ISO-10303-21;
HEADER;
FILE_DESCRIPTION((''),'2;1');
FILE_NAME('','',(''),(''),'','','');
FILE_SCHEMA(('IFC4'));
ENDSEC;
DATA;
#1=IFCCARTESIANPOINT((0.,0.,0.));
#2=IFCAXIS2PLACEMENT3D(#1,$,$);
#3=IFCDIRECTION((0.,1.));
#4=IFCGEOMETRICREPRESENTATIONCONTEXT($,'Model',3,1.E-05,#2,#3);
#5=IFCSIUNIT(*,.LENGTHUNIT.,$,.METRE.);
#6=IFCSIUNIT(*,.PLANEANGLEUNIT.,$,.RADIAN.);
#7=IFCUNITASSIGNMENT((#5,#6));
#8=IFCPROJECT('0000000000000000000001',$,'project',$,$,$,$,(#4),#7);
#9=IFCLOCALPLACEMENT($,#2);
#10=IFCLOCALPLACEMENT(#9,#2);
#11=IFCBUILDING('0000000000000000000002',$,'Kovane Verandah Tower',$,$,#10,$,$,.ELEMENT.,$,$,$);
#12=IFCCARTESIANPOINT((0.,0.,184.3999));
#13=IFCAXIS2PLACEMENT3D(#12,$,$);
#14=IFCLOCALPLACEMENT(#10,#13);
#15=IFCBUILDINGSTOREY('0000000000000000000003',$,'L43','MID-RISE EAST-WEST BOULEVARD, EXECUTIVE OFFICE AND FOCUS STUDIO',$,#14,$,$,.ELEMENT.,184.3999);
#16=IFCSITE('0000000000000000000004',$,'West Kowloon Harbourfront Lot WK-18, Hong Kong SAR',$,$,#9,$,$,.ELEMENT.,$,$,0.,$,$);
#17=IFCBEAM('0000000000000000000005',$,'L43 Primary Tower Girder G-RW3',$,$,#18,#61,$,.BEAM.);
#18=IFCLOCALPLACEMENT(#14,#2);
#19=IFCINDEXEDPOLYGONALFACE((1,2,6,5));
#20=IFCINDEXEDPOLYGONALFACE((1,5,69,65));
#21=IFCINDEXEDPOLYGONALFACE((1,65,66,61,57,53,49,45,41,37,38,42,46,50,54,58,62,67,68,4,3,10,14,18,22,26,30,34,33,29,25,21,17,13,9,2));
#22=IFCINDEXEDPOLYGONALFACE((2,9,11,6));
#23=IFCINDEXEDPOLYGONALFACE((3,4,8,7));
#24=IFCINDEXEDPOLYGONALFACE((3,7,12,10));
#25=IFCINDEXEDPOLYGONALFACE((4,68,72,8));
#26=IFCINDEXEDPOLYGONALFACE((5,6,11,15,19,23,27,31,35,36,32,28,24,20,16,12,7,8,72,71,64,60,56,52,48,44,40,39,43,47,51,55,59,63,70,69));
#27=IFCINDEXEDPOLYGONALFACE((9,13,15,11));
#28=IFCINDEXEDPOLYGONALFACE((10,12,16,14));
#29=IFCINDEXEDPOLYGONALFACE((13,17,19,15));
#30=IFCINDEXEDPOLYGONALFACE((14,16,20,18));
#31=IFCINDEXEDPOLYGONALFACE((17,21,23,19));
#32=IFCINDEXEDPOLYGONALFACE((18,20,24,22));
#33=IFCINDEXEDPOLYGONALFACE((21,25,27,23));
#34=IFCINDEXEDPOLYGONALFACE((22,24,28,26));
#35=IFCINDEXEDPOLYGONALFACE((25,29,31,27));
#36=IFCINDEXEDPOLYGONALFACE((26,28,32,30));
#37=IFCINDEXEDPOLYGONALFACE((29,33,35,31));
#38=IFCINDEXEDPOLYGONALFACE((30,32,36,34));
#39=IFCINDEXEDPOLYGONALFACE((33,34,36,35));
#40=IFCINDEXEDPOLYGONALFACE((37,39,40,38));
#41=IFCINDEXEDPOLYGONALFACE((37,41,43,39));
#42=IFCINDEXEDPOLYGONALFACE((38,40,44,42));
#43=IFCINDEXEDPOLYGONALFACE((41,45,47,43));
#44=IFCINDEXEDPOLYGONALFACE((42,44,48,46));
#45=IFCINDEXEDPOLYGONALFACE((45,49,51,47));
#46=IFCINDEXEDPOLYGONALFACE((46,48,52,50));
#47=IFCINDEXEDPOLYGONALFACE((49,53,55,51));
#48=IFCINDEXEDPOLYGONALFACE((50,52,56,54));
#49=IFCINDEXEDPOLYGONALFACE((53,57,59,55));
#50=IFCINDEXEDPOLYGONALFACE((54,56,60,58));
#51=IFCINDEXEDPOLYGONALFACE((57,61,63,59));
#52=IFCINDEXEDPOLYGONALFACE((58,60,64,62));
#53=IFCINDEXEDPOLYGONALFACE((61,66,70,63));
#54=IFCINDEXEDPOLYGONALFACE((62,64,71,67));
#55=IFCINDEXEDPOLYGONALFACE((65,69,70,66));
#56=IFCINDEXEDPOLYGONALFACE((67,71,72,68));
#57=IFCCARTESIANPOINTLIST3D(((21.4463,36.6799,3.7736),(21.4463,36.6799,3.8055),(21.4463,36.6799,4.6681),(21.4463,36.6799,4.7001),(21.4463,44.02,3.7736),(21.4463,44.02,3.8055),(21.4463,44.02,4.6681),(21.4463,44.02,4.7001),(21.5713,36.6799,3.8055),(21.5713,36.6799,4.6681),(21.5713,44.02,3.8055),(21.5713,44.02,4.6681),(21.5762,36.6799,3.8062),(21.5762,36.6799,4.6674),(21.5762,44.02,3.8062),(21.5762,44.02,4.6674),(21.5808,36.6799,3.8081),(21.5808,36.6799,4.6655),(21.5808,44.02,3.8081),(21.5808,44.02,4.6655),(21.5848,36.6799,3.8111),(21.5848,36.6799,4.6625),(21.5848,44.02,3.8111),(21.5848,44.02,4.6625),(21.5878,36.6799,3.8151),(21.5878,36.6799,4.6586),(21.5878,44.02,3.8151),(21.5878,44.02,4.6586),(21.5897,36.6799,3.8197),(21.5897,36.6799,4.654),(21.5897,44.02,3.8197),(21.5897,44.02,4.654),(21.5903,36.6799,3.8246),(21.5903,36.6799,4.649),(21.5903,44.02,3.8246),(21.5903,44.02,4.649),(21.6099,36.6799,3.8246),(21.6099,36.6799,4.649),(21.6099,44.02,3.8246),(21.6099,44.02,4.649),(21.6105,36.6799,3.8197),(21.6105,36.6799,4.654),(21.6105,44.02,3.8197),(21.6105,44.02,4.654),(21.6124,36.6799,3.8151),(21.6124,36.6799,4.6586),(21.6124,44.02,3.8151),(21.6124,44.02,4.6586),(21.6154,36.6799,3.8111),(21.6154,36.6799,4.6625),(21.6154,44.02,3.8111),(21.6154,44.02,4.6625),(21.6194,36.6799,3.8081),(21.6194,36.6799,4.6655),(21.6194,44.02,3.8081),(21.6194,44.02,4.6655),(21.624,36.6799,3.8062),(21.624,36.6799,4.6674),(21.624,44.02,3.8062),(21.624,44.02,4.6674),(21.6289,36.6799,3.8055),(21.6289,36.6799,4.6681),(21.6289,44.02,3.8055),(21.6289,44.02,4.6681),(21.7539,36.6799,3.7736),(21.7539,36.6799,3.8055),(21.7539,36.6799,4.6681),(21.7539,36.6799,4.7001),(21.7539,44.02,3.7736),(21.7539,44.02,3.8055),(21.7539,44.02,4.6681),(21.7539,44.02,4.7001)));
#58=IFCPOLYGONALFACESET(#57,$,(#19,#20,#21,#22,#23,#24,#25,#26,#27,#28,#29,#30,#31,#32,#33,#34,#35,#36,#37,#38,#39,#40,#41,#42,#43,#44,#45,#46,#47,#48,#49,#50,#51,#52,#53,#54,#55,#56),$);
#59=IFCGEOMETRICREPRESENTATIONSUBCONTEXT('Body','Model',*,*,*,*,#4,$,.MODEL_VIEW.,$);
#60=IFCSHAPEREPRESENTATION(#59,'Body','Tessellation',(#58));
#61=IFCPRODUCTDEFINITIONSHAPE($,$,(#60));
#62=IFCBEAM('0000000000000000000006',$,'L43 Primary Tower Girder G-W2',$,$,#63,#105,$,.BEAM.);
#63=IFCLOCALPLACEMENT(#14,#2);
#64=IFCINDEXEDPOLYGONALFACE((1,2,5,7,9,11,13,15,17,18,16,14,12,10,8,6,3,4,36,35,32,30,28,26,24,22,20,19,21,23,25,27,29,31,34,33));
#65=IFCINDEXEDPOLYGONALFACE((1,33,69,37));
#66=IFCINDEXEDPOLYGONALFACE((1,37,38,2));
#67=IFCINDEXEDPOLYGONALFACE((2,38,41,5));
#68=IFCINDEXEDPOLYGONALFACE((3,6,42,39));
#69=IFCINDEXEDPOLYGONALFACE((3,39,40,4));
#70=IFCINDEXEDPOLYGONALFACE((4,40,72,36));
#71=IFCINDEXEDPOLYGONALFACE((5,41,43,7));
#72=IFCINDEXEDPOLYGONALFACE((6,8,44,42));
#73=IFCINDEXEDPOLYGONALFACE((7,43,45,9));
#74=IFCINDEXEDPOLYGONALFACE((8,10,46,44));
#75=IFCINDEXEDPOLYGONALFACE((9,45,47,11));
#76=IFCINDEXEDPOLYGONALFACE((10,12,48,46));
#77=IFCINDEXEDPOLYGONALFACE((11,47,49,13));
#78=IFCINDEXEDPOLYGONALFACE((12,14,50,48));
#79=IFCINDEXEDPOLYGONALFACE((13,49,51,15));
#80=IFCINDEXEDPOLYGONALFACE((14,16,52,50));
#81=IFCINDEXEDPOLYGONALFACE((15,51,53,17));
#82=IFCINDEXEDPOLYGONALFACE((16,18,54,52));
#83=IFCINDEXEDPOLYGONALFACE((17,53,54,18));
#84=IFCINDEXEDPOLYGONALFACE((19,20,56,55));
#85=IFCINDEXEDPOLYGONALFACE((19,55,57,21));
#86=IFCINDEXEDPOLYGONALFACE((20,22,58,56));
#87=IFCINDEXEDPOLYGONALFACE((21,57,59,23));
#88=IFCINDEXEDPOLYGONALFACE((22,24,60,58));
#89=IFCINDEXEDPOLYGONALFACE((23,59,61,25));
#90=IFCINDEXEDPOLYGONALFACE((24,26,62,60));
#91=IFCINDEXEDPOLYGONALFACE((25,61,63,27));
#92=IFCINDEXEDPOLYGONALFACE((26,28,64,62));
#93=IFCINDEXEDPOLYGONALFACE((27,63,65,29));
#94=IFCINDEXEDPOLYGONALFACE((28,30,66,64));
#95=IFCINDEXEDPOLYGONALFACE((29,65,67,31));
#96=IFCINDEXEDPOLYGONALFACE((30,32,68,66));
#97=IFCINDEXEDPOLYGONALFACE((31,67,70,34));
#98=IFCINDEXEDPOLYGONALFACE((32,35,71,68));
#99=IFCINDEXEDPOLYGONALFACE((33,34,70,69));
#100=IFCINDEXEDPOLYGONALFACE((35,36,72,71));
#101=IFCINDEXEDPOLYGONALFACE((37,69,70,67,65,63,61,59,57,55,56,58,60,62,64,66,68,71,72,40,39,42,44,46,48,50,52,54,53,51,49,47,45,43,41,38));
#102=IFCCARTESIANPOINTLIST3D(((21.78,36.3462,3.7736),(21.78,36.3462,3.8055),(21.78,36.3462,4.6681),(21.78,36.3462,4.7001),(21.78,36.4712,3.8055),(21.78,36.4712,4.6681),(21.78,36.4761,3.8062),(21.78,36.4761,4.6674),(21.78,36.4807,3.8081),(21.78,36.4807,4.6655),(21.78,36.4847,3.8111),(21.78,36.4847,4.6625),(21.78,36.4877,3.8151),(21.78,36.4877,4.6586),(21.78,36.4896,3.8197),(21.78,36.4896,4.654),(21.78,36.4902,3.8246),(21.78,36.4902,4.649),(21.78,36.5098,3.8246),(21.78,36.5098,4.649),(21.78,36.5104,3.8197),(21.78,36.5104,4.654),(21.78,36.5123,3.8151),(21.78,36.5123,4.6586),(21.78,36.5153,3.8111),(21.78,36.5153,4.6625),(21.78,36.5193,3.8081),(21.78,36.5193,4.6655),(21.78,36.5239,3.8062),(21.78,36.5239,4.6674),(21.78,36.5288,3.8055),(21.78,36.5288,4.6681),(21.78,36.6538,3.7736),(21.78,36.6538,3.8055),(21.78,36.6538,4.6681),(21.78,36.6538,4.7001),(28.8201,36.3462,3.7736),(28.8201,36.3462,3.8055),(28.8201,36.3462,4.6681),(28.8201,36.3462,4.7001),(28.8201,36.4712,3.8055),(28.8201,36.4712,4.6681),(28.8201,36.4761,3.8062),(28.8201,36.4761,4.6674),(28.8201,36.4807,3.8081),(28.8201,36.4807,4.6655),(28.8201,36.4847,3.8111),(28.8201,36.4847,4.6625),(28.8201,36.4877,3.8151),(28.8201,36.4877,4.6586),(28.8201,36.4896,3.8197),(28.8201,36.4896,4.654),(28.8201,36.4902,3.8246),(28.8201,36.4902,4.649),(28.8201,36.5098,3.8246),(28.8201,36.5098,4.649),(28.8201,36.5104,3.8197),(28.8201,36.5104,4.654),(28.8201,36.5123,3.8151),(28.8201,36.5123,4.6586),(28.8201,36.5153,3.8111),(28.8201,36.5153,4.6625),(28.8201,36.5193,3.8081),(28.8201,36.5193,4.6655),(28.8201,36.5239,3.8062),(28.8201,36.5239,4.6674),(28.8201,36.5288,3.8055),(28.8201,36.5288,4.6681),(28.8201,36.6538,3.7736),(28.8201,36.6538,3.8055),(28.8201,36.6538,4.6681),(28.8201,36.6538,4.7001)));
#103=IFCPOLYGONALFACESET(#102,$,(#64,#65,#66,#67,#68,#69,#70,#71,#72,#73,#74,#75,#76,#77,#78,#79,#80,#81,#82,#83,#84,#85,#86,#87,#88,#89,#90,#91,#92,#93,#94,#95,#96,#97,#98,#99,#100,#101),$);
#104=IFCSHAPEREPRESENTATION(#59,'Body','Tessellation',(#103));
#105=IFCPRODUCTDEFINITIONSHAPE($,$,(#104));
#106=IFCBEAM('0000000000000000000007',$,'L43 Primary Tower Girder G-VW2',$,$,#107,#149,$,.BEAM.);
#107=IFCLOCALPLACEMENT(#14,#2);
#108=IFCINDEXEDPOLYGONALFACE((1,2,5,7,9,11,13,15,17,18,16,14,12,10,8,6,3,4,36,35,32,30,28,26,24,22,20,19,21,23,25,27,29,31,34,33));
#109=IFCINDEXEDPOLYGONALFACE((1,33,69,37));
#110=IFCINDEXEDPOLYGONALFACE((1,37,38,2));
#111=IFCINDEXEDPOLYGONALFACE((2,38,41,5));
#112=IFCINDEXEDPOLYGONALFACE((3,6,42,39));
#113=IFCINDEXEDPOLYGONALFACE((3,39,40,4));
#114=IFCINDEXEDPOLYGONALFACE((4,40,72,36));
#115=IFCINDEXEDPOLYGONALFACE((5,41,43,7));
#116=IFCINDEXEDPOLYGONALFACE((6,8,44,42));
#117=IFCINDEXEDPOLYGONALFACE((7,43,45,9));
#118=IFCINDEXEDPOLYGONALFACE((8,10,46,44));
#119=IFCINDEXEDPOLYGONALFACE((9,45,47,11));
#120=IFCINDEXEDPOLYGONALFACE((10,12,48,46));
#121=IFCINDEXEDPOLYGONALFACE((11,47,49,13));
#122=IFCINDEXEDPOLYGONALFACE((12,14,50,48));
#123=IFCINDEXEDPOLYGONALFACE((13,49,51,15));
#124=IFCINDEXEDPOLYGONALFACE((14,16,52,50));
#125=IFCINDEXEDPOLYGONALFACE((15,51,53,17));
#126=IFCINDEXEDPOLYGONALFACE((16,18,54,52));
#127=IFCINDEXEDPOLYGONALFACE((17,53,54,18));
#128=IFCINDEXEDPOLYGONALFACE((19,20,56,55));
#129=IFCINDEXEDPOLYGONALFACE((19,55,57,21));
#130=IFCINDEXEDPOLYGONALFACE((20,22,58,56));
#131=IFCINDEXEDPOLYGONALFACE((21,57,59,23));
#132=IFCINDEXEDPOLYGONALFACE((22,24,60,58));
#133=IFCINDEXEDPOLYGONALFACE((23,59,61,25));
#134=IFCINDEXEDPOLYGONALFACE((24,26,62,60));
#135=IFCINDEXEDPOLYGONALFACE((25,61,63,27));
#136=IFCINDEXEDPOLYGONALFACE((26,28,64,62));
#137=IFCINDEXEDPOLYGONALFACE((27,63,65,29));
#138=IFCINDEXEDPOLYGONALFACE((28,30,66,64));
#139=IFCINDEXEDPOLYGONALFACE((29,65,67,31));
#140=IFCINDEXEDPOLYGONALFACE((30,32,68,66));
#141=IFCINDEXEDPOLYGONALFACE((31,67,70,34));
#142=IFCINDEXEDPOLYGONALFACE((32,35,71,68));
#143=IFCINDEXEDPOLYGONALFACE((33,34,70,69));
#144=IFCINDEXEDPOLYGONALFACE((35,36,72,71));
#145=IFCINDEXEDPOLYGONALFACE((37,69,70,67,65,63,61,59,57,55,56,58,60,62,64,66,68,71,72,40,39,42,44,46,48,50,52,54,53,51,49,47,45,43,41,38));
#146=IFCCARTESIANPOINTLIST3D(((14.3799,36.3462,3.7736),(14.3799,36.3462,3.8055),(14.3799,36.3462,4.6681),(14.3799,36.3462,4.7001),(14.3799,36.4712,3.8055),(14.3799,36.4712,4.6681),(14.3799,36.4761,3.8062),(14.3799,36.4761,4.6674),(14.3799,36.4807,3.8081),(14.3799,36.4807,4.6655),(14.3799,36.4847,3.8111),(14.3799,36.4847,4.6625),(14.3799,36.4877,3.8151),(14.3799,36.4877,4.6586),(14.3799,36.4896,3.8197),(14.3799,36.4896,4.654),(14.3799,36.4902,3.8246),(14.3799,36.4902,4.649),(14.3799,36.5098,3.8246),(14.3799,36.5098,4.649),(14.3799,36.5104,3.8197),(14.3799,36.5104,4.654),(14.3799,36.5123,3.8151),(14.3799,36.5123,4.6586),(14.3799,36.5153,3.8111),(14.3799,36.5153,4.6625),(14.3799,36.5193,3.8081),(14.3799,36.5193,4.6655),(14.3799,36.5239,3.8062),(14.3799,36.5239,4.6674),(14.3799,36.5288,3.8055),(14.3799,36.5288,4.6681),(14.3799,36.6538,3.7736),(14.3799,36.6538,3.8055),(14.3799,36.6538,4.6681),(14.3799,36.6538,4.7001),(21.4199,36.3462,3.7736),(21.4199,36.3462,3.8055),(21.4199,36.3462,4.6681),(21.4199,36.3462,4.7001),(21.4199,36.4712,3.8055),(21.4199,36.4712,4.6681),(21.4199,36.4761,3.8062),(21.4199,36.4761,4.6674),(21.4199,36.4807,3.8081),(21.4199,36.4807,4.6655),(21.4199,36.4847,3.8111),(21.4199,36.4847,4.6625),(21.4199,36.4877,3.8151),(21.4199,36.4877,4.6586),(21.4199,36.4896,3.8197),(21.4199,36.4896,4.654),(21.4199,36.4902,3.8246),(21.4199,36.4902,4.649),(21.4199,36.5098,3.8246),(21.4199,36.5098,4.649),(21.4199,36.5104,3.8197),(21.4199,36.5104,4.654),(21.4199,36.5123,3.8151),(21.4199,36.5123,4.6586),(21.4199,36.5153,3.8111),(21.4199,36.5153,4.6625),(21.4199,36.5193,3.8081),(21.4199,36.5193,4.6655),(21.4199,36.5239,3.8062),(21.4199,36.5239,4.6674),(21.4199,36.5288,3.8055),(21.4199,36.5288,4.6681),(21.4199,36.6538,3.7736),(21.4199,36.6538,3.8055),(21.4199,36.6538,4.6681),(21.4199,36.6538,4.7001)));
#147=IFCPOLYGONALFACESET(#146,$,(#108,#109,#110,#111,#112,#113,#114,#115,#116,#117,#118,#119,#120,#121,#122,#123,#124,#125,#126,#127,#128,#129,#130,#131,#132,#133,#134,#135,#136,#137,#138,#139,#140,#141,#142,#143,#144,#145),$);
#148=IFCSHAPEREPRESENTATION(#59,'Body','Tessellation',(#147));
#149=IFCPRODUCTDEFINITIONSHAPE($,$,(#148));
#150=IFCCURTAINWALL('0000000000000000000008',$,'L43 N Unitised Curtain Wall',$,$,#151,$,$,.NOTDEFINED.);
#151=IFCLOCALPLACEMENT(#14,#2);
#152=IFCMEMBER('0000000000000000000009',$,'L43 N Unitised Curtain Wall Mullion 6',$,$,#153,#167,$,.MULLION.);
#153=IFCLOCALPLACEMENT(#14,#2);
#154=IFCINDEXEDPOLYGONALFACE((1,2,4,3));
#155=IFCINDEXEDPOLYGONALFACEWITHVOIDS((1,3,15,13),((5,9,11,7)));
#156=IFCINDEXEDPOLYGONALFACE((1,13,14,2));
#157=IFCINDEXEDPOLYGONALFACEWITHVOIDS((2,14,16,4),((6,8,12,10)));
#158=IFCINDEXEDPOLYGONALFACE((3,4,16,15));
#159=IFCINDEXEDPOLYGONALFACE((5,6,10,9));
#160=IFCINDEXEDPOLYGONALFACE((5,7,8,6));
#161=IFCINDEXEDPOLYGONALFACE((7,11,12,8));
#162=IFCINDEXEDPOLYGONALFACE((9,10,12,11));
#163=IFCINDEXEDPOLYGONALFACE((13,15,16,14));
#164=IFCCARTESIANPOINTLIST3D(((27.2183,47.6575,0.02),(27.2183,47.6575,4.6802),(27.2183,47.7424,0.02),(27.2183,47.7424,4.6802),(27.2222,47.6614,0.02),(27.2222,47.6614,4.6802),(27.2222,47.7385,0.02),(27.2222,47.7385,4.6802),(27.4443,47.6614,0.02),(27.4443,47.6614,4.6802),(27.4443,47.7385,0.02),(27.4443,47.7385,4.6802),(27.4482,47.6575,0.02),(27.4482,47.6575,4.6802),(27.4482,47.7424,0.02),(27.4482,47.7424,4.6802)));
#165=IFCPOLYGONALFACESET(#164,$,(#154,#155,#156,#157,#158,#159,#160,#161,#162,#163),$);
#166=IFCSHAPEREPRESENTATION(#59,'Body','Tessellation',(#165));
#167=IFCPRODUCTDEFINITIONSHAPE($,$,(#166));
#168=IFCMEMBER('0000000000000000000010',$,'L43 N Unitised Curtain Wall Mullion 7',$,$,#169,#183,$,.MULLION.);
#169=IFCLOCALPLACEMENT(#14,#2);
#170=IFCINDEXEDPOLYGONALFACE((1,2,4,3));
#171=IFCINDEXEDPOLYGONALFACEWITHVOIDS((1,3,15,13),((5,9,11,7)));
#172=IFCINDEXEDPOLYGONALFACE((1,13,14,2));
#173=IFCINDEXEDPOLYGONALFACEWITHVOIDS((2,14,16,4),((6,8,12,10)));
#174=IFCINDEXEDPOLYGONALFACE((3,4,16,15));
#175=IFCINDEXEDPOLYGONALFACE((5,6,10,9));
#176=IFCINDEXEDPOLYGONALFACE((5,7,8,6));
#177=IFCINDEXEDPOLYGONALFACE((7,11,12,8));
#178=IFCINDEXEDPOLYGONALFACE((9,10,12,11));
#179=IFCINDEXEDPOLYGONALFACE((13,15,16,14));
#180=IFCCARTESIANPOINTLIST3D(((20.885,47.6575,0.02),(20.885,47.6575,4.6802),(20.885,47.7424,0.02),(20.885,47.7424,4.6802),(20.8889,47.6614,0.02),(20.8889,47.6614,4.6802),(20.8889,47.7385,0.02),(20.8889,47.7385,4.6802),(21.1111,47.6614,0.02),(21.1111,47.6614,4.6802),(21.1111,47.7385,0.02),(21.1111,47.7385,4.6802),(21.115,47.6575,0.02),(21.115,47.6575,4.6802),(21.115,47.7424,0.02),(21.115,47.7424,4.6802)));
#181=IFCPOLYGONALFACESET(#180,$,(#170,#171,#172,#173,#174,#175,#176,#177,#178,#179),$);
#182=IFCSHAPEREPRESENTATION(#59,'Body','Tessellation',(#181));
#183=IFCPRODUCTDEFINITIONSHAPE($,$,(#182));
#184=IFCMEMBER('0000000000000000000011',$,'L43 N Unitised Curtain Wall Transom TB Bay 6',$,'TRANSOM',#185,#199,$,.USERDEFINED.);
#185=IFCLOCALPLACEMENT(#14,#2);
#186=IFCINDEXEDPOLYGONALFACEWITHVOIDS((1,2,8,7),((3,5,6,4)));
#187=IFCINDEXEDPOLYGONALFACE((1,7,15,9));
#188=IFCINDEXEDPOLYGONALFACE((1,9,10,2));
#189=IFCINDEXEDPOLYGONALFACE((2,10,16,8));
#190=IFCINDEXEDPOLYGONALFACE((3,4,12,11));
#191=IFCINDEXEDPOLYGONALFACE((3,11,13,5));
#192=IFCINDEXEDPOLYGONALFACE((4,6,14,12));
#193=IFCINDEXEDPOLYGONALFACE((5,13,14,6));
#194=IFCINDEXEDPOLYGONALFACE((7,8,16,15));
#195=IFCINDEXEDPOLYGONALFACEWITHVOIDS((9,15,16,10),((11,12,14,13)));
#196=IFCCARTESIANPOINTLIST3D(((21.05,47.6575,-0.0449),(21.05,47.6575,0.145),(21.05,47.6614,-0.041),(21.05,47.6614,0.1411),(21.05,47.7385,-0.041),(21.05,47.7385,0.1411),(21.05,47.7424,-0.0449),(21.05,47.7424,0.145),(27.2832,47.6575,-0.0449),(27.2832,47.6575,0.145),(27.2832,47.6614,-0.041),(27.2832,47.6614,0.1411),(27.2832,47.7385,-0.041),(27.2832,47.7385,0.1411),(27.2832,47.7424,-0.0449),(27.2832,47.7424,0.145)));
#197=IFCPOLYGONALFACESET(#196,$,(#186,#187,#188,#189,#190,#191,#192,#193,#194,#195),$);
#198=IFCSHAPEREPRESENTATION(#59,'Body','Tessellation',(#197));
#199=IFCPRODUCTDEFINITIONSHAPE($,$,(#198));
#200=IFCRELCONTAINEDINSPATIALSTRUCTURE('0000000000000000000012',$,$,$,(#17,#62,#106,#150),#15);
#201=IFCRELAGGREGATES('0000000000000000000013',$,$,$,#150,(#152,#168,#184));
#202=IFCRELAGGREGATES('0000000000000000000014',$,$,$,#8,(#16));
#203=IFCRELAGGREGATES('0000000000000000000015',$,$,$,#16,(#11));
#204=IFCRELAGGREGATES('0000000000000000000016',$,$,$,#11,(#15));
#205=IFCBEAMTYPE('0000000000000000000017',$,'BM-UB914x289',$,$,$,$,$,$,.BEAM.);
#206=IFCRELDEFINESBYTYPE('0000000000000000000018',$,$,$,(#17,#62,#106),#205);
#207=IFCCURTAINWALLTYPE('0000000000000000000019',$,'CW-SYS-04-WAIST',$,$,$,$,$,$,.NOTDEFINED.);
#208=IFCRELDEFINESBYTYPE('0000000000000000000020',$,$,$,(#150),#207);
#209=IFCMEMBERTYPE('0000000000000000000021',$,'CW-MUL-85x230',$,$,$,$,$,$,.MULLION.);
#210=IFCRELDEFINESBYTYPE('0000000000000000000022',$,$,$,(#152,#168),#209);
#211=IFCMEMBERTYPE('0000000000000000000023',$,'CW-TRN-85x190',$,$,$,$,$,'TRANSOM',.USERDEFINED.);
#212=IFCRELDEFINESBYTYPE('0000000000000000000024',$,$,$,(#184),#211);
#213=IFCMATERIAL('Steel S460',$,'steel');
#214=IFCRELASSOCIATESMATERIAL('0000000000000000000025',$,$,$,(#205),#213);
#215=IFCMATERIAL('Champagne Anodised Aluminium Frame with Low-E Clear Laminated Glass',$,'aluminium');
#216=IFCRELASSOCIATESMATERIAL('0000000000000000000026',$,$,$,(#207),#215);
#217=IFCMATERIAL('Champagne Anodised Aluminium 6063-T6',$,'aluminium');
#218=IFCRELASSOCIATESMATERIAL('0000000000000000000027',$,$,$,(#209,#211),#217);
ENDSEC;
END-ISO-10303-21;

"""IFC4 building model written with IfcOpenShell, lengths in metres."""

from ifc_helpers import new_model, si_unit, direction, frame, origin, origin_2d, place, context, subcontext, project, spatial, hollow_rectangle, i_section, extrude, material, material_profile, profile_set, type_object, element, aggregate, save


model = new_model("IFC4")

# Units and contexts
model_context = context("Model", 3, precision=1e-05, world=origin(), true_north=direction((0.0, 1.0)))
body_context = subcontext(model_context, "Body", "Model", "MODEL_VIEW")
ifc_project = project(units=[si_unit("LENGTHUNIT", "METRE"), si_unit("PLANEANGLEUNIT", "RADIAN")], contexts=[model_context])

# Site, building, storey
site_placement = place(None, origin())
site = spatial("IfcSite", under=ifc_project, at=site_placement, Name="West Kowloon Harbourfront Lot WK-18, Hong Kong SAR", CompositionType="ELEMENT", RefElevation=0.0)
building_placement = place(site_placement, origin())
building = spatial("IfcBuilding", under=site, at=building_placement, Name="Kovane Verandah Tower", CompositionType="ELEMENT")
storey_placement = place(building_placement, frame((0.0, 0.0, 184.3999)))
storey = spatial("IfcBuildingStorey", under=building, at=storey_placement, Name="L43", Description="MID-RISE EAST-WEST BOULEVARD, EXECUTIVE OFFICE AND FOCUS STUDIO", CompositionType="ELEMENT", Elevation=184.3999)

# Shared definitions
ifc_material_1 = material(Name="Steel S460", Category="steel")

# Beams
ifc_material_profile_1 = material_profile(ifc_material_1, i_section(OverallWidth=0.3076, OverallDepth=0.9265, WebThickness=0.0195, FlangeThickness=0.032, FilletRadius=0.019, at=origin_2d()), Name="UB914x305x289")
ifc_profile_set_1 = profile_set([ifc_material_profile_1], Name="Steel S460")
beam_type_1 = type_object("IfcBeamType", Name="BM-UB914x289", PredefinedType="BEAM", material=ifc_profile_set_1)
beam_1_placement = place(storey_placement, frame((21.6001, 36.6799, 4.2368), z_axis=(0.0, 1.0, 0.0), x_axis=(-1.0, 0.0, 0.0)))
element("IfcBeam", 1, at=beam_1_placement, inside=storey, type_object=beam_type_1, Name="L43 Primary Tower Girder G-RW3", PredefinedType="BEAM", context=body_context, shape_type="SweptSolid", body=[
    extrude(i_section(OverallWidth=0.3076, OverallDepth=0.9265, WebThickness=0.0195, FlangeThickness=0.032, FilletRadius=0.019, at=origin_2d()), origin(), (0.0, 0.0, 1.0), 7.3401),
])
for number, where, z_axis, x_axis, name in (
    (2, (28.8201, 36.5, 4.2368), (-1.0, 0.0, 0.0), (0.0, -1.0, 0.0), "L43 Primary Tower Girder G-W2"),
    (3, (21.4199, 36.5, 4.2368), (-1.0, 0.0, 0.0), (0.0, -1.0, 0.0), "L43 Primary Tower Girder G-VW2"),
):
    element("IfcBeam", number, at=place(storey_placement, frame(where, z_axis=z_axis, x_axis=x_axis)), inside=storey, type_object=beam_type_1, Name=name, PredefinedType="BEAM", context=body_context, shape_type="SweptSolid", body=[
        extrude(i_section(OverallWidth=0.3076, OverallDepth=0.9265, WebThickness=0.0195, FlangeThickness=0.032, FilletRadius=0.019, at=origin_2d()), origin(), (0.0, 0.0, 1.0), 7.04),
    ])

# Curtain wall, members
ifc_material_2 = material(Name="Champagne Anodised Aluminium Frame with Low-E Clear Laminated Glass", Category="aluminium")
curtain_wall_type = type_object("IfcCurtainWallType", Name="CW-SYS-04-WAIST", PredefinedType="NOTDEFINED", material=ifc_material_2)
curtain_wall_placement = place(storey_placement, origin())
curtain_wall = element("IfcCurtainWall", 4, at=curtain_wall_placement, inside=storey, type_object=curtain_wall_type, Name="L43 N Unitised Curtain Wall", PredefinedType="NOTDEFINED")
ifc_material_3 = material(Name="Champagne Anodised Aluminium 6063-T6", Category="aluminium")
ifc_material_profile_2 = material_profile(ifc_material_3, hollow_rectangle(XDim=0.085, YDim=0.23, WallThickness=0.0039, at=origin_2d()), Name="AL85x230x4")
ifc_profile_set_2 = profile_set([ifc_material_profile_2], Name="Champagne Anodised Aluminium 6063-T6")
member_type_1 = type_object("IfcMemberType", Name="CW-MUL-85x230", PredefinedType="MULLION", material=ifc_profile_set_2)
member_1_placement = place(storey_placement, frame((27.3333, 47.7, 0.02), z_axis=(0.0, 0.0, 1.0), x_axis=(0.0, 1.0, 0.0)))
member_1 = element("IfcMember", 5, at=member_1_placement, type_object=member_type_1, Name="L43 N Unitised Curtain Wall Mullion 6", PredefinedType="MULLION", context=body_context, shape_type="SweptSolid", body=[
    extrude(hollow_rectangle(XDim=0.085, YDim=0.23, WallThickness=0.0039, at=origin_2d()), origin(), (0.0, 0.0, 1.0), 4.6602),
])
member_2_placement = place(storey_placement, frame((21.0, 47.7, 0.02), z_axis=(0.0, 0.0, 1.0), x_axis=(0.0, 1.0, 0.0)))
member_2 = element("IfcMember", 6, at=member_2_placement, type_object=member_type_1, Name="L43 N Unitised Curtain Wall Mullion 7", PredefinedType="MULLION", context=body_context, shape_type="SweptSolid", body=[
    extrude(hollow_rectangle(XDim=0.085, YDim=0.23, WallThickness=0.0039, at=origin_2d()), origin(), (0.0, 0.0, 1.0), 4.6602),
])
ifc_material_profile_3 = material_profile(ifc_material_3, hollow_rectangle(XDim=0.085, YDim=0.1899, WallThickness=0.0039, at=origin_2d()), Name="AL85x190x4")
ifc_profile_set_3 = profile_set([ifc_material_profile_3], Name="Champagne Anodised Aluminium 6063-T6")
member_type_2 = type_object("IfcMemberType", Name="CW-TRN-85x190", ElementType="TRANSOM", PredefinedType="USERDEFINED", material=ifc_profile_set_3)
member_3_placement = place(storey_placement, frame((27.2832, 47.7, 0.05), z_axis=(-1.0, 0.0, 0.0), x_axis=(0.0, -1.0, 0.0)))
member_3 = element("IfcMember", 7, at=member_3_placement, type_object=member_type_2, Name="L43 N Unitised Curtain Wall Transom TB Bay 6", ObjectType="TRANSOM", PredefinedType="USERDEFINED", context=body_context, shape_type="SweptSolid", body=[
    extrude(hollow_rectangle(XDim=0.085, YDim=0.1899, WallThickness=0.0039, at=origin_2d()), origin(), (0.0, 0.0, 1.0), 6.2332),
])
aggregate(curtain_wall, [member_1, member_2, member_3])

save(model, "model.ifc")
